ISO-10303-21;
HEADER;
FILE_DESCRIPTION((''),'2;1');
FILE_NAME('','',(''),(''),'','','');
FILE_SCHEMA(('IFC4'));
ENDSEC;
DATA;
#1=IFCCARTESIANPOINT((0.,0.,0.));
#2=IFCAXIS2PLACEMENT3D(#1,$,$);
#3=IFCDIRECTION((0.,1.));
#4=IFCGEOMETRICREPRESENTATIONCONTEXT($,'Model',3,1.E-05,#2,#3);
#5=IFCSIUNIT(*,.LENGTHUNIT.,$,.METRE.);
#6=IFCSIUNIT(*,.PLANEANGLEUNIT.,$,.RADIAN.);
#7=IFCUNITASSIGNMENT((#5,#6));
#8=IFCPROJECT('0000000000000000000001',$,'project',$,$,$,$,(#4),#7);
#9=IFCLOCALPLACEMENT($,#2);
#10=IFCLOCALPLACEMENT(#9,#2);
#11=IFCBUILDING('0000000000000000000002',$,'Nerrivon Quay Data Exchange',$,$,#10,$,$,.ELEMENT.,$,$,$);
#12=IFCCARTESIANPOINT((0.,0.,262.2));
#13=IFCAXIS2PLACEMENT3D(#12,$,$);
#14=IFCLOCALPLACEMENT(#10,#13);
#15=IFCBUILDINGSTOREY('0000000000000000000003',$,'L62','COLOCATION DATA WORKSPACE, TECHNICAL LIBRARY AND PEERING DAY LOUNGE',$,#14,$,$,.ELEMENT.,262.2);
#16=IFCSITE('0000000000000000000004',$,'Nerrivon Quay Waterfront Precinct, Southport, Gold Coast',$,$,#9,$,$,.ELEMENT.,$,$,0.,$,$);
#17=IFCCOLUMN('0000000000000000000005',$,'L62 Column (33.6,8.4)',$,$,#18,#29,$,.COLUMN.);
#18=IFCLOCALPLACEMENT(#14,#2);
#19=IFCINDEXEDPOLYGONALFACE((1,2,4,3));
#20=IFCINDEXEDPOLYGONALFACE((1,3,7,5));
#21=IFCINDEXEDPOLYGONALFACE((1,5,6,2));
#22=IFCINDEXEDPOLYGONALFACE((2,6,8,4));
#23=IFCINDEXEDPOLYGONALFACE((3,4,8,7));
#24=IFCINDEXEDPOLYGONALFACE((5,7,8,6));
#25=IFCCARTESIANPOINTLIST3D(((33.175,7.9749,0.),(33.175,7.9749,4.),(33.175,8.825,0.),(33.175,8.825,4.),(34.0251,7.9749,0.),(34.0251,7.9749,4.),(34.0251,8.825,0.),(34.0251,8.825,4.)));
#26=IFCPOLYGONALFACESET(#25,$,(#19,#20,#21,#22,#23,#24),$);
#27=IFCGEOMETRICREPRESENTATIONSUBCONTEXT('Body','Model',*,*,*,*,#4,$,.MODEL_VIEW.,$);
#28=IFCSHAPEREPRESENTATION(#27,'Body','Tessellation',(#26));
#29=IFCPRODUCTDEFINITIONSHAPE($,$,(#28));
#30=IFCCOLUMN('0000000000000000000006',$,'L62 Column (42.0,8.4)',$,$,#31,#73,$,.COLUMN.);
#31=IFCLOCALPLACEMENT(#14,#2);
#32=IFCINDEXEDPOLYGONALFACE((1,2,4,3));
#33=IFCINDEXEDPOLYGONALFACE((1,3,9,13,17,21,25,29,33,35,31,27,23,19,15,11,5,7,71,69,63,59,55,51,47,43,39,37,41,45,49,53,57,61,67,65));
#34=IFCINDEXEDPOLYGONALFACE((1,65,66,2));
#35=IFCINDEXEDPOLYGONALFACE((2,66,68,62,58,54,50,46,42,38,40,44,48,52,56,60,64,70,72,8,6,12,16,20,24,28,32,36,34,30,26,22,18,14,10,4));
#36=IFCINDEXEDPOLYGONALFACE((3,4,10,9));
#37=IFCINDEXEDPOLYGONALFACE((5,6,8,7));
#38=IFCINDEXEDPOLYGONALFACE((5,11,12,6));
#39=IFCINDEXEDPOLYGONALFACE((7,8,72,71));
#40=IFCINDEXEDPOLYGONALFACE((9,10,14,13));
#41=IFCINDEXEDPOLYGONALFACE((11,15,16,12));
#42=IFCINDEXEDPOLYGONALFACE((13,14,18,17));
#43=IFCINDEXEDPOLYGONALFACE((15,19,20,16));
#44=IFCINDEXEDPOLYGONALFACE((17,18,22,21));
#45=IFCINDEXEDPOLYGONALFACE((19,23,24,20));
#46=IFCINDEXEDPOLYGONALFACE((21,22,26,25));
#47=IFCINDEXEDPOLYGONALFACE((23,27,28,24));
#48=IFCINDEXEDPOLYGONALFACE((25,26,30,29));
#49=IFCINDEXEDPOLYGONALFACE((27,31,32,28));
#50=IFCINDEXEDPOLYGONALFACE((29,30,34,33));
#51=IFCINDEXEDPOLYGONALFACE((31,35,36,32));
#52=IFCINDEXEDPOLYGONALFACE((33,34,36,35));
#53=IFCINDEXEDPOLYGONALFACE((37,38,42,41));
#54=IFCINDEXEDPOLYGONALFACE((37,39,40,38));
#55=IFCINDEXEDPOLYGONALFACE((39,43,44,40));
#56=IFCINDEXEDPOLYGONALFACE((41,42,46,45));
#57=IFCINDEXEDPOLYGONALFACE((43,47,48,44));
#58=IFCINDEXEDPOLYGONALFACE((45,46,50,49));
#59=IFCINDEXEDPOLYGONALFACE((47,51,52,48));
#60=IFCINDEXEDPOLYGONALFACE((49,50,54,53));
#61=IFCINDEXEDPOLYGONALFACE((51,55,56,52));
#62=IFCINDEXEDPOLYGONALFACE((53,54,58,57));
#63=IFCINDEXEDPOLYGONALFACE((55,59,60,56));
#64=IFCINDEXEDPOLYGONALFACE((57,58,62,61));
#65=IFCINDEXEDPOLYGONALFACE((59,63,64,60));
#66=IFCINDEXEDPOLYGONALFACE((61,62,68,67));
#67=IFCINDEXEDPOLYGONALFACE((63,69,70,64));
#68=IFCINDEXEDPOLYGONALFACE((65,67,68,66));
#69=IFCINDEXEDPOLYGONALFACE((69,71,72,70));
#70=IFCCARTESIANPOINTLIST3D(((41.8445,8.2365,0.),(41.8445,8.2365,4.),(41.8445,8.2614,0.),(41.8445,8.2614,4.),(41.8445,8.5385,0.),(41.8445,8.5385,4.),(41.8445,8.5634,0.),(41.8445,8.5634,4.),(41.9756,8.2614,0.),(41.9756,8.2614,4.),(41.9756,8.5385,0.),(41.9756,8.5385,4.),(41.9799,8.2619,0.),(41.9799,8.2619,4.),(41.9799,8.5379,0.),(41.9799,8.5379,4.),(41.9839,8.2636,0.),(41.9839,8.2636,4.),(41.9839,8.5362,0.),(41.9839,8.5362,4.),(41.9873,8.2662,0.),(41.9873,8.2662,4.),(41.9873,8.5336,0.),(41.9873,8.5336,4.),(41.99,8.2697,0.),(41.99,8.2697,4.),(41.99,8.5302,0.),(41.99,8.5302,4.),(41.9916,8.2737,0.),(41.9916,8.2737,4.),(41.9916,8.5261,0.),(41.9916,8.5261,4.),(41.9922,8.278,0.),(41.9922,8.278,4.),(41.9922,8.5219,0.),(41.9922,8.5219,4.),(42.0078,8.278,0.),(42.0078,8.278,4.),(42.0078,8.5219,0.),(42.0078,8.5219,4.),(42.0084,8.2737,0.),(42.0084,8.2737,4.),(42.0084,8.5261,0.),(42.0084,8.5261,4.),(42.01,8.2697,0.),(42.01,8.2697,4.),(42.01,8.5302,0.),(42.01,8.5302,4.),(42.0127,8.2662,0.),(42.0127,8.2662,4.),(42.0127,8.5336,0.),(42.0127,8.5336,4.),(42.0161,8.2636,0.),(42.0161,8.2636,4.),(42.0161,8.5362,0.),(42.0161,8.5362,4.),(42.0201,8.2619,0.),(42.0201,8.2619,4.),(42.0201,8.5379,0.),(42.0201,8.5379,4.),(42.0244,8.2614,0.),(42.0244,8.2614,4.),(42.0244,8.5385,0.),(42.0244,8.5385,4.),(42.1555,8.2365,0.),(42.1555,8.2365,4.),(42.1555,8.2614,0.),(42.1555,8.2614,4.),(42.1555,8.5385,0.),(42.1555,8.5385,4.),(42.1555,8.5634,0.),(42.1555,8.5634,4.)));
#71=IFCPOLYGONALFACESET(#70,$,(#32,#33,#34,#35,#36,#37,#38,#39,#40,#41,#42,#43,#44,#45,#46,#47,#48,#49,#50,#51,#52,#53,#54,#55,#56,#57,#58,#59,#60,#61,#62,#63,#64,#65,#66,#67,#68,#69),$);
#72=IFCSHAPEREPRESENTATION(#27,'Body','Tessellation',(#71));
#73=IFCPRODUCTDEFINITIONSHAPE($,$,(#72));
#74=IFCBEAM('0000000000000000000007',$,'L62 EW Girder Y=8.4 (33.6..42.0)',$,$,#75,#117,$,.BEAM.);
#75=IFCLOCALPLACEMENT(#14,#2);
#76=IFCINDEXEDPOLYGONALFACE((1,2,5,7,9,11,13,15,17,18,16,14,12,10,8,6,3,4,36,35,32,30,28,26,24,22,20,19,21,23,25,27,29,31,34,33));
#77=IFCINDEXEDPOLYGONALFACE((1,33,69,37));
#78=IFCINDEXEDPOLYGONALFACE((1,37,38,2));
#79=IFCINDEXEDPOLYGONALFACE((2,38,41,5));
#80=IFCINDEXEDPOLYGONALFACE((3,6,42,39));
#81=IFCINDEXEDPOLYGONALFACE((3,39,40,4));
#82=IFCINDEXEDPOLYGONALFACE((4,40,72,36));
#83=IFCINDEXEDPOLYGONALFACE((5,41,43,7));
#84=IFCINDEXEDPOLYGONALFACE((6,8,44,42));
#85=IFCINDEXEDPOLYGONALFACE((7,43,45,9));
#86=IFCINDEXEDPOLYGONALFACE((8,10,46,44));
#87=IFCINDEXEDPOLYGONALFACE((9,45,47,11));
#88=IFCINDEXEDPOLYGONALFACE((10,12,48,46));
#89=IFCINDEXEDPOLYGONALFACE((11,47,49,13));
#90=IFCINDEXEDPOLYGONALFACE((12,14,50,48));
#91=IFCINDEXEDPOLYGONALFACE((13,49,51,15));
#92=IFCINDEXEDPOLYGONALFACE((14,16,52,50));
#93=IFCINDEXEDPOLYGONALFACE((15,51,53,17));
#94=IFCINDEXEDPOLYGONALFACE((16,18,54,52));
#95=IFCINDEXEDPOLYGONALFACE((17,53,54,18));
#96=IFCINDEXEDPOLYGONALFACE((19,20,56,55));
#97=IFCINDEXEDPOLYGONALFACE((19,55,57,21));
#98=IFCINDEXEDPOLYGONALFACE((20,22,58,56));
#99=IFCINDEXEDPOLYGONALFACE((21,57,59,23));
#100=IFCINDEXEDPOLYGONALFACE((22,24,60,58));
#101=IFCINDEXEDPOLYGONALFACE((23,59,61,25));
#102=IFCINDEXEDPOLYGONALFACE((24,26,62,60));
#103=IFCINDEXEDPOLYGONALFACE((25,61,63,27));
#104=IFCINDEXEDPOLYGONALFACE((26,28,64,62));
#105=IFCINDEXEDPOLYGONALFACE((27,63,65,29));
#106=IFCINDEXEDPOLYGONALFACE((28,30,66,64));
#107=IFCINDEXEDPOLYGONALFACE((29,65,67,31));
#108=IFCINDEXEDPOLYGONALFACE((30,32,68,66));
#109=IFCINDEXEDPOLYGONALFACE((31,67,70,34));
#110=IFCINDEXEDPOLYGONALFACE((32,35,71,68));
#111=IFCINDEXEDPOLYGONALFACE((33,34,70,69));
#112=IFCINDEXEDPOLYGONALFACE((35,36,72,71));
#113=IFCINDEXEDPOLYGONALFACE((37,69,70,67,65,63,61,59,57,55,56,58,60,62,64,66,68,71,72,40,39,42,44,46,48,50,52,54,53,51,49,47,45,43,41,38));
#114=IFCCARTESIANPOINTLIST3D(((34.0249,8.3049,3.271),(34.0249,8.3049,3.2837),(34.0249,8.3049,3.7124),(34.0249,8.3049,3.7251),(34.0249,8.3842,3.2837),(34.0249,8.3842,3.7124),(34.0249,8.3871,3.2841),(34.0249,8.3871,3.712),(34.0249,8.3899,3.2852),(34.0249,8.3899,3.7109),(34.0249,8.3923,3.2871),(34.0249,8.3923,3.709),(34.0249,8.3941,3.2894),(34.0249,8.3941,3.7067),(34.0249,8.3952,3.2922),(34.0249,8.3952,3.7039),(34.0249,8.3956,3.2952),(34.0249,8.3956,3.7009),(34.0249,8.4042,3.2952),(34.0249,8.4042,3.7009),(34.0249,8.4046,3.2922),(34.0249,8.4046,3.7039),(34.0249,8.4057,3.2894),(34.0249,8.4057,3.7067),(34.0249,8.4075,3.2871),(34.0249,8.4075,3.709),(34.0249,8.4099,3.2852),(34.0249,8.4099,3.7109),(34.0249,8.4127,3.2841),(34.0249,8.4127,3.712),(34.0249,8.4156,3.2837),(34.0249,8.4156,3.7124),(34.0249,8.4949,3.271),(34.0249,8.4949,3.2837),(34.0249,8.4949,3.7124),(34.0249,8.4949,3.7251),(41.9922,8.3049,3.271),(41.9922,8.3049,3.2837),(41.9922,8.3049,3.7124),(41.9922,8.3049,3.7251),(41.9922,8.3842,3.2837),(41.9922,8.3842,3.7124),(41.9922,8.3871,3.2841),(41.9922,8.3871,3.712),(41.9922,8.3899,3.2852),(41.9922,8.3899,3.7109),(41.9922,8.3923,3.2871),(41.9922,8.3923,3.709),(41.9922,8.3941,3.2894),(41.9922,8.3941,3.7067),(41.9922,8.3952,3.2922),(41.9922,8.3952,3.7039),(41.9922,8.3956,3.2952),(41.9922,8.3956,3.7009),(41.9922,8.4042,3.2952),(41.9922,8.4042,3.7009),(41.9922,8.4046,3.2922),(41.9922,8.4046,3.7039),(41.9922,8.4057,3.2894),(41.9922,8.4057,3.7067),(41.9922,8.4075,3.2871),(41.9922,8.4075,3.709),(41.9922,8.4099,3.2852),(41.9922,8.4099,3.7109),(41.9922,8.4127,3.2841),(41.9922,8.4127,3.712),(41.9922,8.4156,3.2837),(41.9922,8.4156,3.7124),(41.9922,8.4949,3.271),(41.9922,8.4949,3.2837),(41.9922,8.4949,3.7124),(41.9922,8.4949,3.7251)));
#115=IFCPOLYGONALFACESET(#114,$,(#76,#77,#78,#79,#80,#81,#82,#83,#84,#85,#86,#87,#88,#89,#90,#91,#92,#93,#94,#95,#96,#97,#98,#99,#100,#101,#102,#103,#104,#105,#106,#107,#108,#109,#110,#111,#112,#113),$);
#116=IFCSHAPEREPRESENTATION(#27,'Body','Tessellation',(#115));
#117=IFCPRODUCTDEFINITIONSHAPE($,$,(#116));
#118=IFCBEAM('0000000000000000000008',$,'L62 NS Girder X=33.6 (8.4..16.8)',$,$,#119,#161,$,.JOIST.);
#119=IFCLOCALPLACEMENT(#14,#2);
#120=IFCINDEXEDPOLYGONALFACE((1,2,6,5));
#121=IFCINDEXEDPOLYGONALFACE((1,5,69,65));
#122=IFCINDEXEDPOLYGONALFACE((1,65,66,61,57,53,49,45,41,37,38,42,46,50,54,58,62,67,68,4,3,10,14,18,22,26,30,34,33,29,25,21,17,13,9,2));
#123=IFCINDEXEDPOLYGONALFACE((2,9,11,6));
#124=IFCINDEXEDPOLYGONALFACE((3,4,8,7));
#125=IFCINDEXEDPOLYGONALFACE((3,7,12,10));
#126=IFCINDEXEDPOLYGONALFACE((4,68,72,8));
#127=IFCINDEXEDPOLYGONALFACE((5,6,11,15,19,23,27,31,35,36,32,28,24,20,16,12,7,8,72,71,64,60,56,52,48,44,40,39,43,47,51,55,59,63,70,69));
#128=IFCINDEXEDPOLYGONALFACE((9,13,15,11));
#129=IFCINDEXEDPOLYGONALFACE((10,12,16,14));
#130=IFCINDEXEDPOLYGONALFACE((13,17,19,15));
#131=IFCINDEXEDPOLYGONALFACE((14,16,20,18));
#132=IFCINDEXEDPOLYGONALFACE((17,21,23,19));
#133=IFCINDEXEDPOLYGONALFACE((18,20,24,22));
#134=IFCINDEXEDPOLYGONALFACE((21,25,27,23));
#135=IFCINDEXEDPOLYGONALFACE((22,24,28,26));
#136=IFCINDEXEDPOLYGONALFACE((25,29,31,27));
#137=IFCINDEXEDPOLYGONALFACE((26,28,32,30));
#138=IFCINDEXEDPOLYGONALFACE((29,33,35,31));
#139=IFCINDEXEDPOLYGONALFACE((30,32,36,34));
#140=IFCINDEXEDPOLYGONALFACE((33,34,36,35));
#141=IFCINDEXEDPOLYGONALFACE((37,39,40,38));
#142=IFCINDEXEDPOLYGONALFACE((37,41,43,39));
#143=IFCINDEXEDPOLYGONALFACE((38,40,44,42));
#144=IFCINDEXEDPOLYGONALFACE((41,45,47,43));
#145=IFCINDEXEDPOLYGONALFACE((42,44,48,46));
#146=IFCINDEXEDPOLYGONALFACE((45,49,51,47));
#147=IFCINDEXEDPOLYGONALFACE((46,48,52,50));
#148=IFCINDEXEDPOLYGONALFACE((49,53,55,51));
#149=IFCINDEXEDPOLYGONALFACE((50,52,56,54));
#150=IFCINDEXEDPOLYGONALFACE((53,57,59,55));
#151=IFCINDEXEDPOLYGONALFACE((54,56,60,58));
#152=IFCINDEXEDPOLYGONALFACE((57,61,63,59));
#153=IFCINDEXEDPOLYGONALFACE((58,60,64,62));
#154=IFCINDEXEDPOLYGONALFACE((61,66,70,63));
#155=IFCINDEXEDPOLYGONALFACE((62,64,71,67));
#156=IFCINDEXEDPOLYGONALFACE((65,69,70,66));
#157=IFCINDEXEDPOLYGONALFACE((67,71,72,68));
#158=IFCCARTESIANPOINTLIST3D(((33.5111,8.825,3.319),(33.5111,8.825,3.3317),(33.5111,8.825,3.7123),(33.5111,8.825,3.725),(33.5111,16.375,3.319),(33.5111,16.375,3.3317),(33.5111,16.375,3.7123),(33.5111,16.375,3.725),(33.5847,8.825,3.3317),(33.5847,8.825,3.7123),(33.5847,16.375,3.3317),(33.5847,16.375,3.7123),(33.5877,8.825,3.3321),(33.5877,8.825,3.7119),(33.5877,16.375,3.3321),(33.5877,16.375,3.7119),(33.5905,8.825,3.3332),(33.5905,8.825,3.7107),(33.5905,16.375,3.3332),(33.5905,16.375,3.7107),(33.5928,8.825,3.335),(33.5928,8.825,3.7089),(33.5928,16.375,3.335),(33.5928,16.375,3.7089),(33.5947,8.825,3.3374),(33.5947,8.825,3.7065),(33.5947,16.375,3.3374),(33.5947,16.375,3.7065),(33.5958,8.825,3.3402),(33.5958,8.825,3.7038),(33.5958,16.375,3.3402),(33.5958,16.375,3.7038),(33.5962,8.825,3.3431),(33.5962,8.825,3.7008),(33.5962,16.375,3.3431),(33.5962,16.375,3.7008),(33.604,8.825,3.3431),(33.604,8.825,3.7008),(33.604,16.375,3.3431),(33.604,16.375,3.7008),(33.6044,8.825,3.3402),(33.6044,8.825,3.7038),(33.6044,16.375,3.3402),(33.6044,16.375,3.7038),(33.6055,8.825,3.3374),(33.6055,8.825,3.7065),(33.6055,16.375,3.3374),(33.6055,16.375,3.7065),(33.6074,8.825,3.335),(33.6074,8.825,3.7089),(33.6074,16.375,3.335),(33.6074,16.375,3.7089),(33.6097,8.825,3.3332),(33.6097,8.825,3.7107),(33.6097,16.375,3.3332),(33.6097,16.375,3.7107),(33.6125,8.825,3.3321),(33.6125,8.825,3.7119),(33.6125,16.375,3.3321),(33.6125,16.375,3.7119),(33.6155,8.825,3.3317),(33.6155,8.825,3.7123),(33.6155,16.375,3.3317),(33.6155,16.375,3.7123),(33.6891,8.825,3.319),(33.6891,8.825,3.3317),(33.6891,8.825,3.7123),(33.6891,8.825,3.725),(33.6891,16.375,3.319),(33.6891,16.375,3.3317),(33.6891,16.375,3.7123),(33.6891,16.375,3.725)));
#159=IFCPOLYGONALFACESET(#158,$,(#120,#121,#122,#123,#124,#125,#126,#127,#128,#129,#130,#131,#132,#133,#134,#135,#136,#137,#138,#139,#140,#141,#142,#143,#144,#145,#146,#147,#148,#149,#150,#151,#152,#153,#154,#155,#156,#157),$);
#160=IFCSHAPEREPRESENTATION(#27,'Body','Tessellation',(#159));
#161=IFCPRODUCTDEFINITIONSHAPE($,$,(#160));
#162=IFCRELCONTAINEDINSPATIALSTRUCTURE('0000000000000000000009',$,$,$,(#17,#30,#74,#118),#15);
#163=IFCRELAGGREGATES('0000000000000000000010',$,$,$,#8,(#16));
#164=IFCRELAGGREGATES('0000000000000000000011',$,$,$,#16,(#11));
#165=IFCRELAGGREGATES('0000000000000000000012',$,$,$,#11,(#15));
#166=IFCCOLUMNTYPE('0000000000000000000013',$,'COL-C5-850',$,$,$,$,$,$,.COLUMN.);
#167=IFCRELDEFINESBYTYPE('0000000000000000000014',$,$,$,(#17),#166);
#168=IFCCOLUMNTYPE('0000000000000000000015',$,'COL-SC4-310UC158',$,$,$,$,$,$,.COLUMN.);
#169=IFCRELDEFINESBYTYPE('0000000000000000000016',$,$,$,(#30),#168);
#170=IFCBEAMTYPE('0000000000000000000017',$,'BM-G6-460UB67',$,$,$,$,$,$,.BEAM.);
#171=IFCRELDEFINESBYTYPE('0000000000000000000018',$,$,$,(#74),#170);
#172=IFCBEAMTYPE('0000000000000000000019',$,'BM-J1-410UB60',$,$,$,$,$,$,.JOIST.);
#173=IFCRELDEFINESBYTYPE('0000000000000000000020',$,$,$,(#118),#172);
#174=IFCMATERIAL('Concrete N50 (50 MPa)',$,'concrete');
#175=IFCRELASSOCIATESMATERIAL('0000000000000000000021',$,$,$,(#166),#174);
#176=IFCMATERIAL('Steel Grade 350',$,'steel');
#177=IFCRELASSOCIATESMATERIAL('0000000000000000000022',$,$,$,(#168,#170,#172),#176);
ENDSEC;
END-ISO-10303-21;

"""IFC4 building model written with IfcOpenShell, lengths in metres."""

from ifc_helpers import new_model, si_unit, direction, frame, origin, origin_2d, place, context, subcontext, project, spatial, rectangle, i_section, extrude, material, material_profile, profile_set, type_object, element, save


model = new_model("IFC4")

# Units and contexts
model_context = context("Model", 3, precision=1e-05, world=origin(), true_north=direction((0.0, 1.0)))
body_context = subcontext(model_context, "Body", "Model", "MODEL_VIEW")
ifc_project = project(units=[si_unit("LENGTHUNIT", "METRE"), si_unit("PLANEANGLEUNIT", "RADIAN")], contexts=[model_context])

# Site, building, storey
site_placement = place(None, origin())
site = spatial("IfcSite", under=ifc_project, at=site_placement, Name="Nerrivon Quay Waterfront Precinct, Southport, Gold Coast", CompositionType="ELEMENT", RefElevation=0.0)
building_placement = place(site_placement, origin())
building = spatial("IfcBuilding", under=site, at=building_placement, Name="Nerrivon Quay Data Exchange", CompositionType="ELEMENT")
storey_placement = place(building_placement, frame((0.0, 0.0, 262.2)))
storey = spatial("IfcBuildingStorey", under=building, at=storey_placement, Name="L62", Description="COLOCATION DATA WORKSPACE, TECHNICAL LIBRARY AND PEERING DAY LOUNGE", CompositionType="ELEMENT", Elevation=262.2)

# Columns
ifc_material_1 = material(Name="Concrete N50 (50 MPa)", Category="concrete")
ifc_material_profile_1 = material_profile(ifc_material_1, rectangle(XDim=0.8501, YDim=0.8501, at=origin_2d()), Name="RC-COL-850x850")
ifc_profile_set_1 = profile_set([ifc_material_profile_1], Name="Concrete N50 (50 MPa)")
column_type_1 = type_object("IfcColumnType", Name="COL-C5-850", PredefinedType="COLUMN", material=ifc_profile_set_1)
column_1_placement = place(storey_placement, frame((33.6001, 8.3999, 0.0), z_axis=(0.0, 0.0, 1.0), x_axis=(1.0, 0.0, 0.0)))
element("IfcColumn", 1, at=column_1_placement, inside=storey, type_object=column_type_1, Name="L62 Column (33.6,8.4)", PredefinedType="COLUMN", context=body_context, shape_type="SweptSolid", body=[
    extrude(rectangle(XDim=0.8501, YDim=0.8501, at=origin_2d()), origin(), (0.0, 0.0, 1.0), 4.0),
])
ifc_material_2 = material(Name="Steel Grade 350", Category="steel")
ifc_material_profile_2 = material_profile(ifc_material_2, i_section(OverallWidth=0.311, OverallDepth=0.3269, WebThickness=0.0156, FlangeThickness=0.0249, FilletRadius=0.0166, at=origin_2d()), Name="310UC158")
ifc_profile_set_2 = profile_set([ifc_material_profile_2], Name="Steel Grade 350")
column_type_2 = type_object("IfcColumnType", Name="COL-SC4-310UC158", PredefinedType="COLUMN", material=ifc_profile_set_2)
column_2_placement = place(storey_placement, frame((42.0, 8.3999, 0.0), z_axis=(0.0, 0.0, 1.0), x_axis=(1.0, 0.0, 0.0)))
element("IfcColumn", 2, at=column_2_placement, inside=storey, type_object=column_type_2, Name="L62 Column (42.0,8.4)", PredefinedType="COLUMN", context=body_context, shape_type="SweptSolid", body=[
    extrude(i_section(OverallWidth=0.311, OverallDepth=0.3269, WebThickness=0.0156, FlangeThickness=0.0249, FilletRadius=0.0166, at=origin_2d()), origin(), (0.0, 0.0, 1.0), 4.0),
])

# Beams
ifc_material_profile_3 = material_profile(ifc_material_2, i_section(OverallWidth=0.1899, OverallDepth=0.4541, WebThickness=0.0085, FlangeThickness=0.0127, FilletRadius=0.0115, at=origin_2d()), Name="460UB67.1")
ifc_profile_set_3 = profile_set([ifc_material_profile_3], Name="Steel Grade 350")
beam_type_1 = type_object("IfcBeamType", Name="BM-G6-460UB67", PredefinedType="BEAM", material=ifc_profile_set_3)
beam_1_placement = place(storey_placement, frame((34.0249, 8.3999, 3.498), z_axis=(1.0, 0.0, 0.0), x_axis=(0.0, 1.0, 0.0)))
element("IfcBeam", 3, at=beam_1_placement, inside=storey, type_object=beam_type_1, Name="L62 EW Girder Y=8.4 (33.6..42.0)", PredefinedType="BEAM", context=body_context, shape_type="SweptSolid", body=[
    extrude(i_section(OverallWidth=0.1899, OverallDepth=0.4541, WebThickness=0.0085, FlangeThickness=0.0127, FilletRadius=0.0115, at=origin_2d()), origin(), (0.0, 0.0, 1.0), 7.9673),
])
ifc_material_profile_4 = material_profile(ifc_material_2, i_section(OverallWidth=0.178, OverallDepth=0.406, WebThickness=0.0078, FlangeThickness=0.0127, FilletRadius=0.0115, at=origin_2d()), Name="410UB59.7")
ifc_profile_set_4 = profile_set([ifc_material_profile_4], Name="Steel Grade 350")
beam_type_2 = type_object("IfcBeamType", Name="BM-J1-410UB60", PredefinedType="JOIST", material=ifc_profile_set_4)
beam_2_placement = place(storey_placement, frame((33.6001, 8.825, 3.522), z_axis=(0.0, 1.0, 0.0), x_axis=(-1.0, 0.0, 0.0)))
element("IfcBeam", 4, at=beam_2_placement, inside=storey, type_object=beam_type_2, Name="L62 NS Girder X=33.6 (8.4..16.8)", PredefinedType="JOIST", context=body_context, shape_type="SweptSolid", body=[
    extrude(i_section(OverallWidth=0.178, OverallDepth=0.406, WebThickness=0.0078, FlangeThickness=0.0127, FilletRadius=0.0115, at=origin_2d()), origin(), (0.0, 0.0, 1.0), 7.55),
])

save(model, "model.ifc")
